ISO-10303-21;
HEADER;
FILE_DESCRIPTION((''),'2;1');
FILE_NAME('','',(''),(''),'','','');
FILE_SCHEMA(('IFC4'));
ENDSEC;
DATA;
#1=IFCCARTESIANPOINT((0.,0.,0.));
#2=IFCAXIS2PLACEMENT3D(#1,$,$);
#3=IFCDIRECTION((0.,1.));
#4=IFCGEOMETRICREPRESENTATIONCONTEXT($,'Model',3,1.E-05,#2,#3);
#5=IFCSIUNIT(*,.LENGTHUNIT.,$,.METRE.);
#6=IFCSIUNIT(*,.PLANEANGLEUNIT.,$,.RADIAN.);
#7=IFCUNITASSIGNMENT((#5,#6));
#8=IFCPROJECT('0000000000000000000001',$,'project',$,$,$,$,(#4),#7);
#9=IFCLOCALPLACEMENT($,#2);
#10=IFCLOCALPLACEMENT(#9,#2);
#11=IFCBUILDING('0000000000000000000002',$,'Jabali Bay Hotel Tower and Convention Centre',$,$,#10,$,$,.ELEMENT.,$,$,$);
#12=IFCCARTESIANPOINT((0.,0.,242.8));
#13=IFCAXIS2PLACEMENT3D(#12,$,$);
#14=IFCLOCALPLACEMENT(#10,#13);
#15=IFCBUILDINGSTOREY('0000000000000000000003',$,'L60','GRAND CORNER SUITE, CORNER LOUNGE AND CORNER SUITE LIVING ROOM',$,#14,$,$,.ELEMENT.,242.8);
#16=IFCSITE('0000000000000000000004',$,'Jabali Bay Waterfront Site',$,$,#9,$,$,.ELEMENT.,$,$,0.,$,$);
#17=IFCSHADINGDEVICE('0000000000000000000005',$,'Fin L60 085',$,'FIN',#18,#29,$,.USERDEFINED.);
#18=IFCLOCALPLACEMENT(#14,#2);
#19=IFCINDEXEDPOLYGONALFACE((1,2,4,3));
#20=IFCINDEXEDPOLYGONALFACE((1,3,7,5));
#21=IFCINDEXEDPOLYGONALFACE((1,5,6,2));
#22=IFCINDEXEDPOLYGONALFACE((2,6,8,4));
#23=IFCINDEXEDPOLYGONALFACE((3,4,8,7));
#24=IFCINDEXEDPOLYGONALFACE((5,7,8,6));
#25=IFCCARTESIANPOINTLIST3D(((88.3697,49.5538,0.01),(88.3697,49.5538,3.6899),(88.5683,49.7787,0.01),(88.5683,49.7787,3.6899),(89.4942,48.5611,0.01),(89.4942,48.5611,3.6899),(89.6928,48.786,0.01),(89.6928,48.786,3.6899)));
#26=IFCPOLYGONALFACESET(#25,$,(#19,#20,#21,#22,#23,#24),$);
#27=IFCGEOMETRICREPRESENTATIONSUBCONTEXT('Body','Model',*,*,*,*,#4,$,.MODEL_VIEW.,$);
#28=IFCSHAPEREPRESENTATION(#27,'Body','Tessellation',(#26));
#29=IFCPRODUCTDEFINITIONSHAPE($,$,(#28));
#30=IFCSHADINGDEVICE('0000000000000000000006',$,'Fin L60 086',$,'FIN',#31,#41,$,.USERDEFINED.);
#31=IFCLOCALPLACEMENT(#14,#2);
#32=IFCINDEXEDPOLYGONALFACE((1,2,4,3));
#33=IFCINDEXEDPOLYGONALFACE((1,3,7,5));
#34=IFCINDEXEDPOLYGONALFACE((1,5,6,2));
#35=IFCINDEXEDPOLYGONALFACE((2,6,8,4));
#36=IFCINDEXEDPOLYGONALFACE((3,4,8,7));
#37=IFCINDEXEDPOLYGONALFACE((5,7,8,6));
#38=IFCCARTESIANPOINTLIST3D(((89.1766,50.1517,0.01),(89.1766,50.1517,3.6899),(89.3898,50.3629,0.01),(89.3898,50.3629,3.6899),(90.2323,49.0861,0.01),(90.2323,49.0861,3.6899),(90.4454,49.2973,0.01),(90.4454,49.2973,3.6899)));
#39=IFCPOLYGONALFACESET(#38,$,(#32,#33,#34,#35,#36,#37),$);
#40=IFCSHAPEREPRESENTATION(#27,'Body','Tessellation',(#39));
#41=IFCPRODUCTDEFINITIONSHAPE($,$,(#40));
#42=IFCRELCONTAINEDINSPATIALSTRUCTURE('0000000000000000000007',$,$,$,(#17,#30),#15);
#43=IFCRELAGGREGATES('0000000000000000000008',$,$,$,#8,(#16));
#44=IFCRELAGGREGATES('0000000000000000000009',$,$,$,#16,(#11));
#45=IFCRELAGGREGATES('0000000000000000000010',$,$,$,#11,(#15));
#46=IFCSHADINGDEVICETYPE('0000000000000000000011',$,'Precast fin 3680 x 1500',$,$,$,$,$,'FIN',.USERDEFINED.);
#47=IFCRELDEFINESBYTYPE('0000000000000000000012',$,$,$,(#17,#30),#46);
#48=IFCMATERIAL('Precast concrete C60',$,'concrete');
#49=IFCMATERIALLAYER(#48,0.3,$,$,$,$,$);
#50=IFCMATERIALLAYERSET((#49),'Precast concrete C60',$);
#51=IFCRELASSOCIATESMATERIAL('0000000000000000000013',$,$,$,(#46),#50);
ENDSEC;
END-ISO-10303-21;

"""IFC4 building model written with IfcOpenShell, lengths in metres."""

from ifc_helpers import new_model, si_unit, direction, frame, frame_2d, origin, place, context, subcontext, project, spatial, rectangle, extrude, material, layer, layer_set, type_object, element, save


model = new_model("IFC4")

# Units and contexts
model_context = context("Model", 3, precision=1e-05, world=origin(), true_north=direction((0.0, 1.0)))
body_context = subcontext(model_context, "Body", "Model", "MODEL_VIEW")
ifc_project = project(units=[si_unit("LENGTHUNIT", "METRE"), si_unit("PLANEANGLEUNIT", "RADIAN")], contexts=[model_context])

# Site, building, storey
site_placement = place(None, origin())
site = spatial("IfcSite", under=ifc_project, at=site_placement, Name="Jabali Bay Waterfront Site", CompositionType="ELEMENT", RefElevation=0.0)
building_placement = place(site_placement, origin())
building = spatial("IfcBuilding", under=site, at=building_placement, Name="Jabali Bay Hotel Tower and Convention Centre", CompositionType="ELEMENT")
storey_placement = place(building_placement, frame((0.0, 0.0, 242.8)))
storey = spatial("IfcBuildingStorey", under=building, at=storey_placement, Name="L60", Description="GRAND CORNER SUITE, CORNER LOUNGE AND CORNER SUITE LIVING ROOM", CompositionType="ELEMENT", Elevation=242.8)

# Shading devices
ifc_material_1 = material(Name="Precast concrete C60", Category="concrete")
ifc_layer_1 = layer(ifc_material_1, 0.3)
ifc_layer_set_1 = layer_set([ifc_layer_1], Name="Precast concrete C60")
shading_device_type_1 = type_object("IfcShadingDeviceType", Name="Precast fin 3680 x 1500", ElementType="FIN", PredefinedType="USERDEFINED", material=ifc_layer_set_1)
for number, where, z_axis, x_axis, name in (
    (1, (88.469, 49.6663, 0.01), (0.0, 0.0, 1.0), (0.749686, -0.661794, 0.0), "Fin L60 085"),
    (2, (89.2832, 50.2573, 0.01), (0.0, 0.0, 1.0), (0.703762, -0.710435, 0.0), "Fin L60 086"),
):
    element("IfcShadingDevice", number, at=place(storey_placement, frame(where, z_axis=z_axis, x_axis=x_axis)), inside=storey, type_object=shading_device_type_1, Name=name, ObjectType="FIN", PredefinedType="USERDEFINED", context=body_context, shape_type="SweptSolid", body=[
        extrude(rectangle(XDim=1.5, YDim=0.3, at=frame_2d((0.75, 0.0))), origin(), (0.0, 0.0, 1.0), 3.6799),
    ])

save(model, "model.ifc")
